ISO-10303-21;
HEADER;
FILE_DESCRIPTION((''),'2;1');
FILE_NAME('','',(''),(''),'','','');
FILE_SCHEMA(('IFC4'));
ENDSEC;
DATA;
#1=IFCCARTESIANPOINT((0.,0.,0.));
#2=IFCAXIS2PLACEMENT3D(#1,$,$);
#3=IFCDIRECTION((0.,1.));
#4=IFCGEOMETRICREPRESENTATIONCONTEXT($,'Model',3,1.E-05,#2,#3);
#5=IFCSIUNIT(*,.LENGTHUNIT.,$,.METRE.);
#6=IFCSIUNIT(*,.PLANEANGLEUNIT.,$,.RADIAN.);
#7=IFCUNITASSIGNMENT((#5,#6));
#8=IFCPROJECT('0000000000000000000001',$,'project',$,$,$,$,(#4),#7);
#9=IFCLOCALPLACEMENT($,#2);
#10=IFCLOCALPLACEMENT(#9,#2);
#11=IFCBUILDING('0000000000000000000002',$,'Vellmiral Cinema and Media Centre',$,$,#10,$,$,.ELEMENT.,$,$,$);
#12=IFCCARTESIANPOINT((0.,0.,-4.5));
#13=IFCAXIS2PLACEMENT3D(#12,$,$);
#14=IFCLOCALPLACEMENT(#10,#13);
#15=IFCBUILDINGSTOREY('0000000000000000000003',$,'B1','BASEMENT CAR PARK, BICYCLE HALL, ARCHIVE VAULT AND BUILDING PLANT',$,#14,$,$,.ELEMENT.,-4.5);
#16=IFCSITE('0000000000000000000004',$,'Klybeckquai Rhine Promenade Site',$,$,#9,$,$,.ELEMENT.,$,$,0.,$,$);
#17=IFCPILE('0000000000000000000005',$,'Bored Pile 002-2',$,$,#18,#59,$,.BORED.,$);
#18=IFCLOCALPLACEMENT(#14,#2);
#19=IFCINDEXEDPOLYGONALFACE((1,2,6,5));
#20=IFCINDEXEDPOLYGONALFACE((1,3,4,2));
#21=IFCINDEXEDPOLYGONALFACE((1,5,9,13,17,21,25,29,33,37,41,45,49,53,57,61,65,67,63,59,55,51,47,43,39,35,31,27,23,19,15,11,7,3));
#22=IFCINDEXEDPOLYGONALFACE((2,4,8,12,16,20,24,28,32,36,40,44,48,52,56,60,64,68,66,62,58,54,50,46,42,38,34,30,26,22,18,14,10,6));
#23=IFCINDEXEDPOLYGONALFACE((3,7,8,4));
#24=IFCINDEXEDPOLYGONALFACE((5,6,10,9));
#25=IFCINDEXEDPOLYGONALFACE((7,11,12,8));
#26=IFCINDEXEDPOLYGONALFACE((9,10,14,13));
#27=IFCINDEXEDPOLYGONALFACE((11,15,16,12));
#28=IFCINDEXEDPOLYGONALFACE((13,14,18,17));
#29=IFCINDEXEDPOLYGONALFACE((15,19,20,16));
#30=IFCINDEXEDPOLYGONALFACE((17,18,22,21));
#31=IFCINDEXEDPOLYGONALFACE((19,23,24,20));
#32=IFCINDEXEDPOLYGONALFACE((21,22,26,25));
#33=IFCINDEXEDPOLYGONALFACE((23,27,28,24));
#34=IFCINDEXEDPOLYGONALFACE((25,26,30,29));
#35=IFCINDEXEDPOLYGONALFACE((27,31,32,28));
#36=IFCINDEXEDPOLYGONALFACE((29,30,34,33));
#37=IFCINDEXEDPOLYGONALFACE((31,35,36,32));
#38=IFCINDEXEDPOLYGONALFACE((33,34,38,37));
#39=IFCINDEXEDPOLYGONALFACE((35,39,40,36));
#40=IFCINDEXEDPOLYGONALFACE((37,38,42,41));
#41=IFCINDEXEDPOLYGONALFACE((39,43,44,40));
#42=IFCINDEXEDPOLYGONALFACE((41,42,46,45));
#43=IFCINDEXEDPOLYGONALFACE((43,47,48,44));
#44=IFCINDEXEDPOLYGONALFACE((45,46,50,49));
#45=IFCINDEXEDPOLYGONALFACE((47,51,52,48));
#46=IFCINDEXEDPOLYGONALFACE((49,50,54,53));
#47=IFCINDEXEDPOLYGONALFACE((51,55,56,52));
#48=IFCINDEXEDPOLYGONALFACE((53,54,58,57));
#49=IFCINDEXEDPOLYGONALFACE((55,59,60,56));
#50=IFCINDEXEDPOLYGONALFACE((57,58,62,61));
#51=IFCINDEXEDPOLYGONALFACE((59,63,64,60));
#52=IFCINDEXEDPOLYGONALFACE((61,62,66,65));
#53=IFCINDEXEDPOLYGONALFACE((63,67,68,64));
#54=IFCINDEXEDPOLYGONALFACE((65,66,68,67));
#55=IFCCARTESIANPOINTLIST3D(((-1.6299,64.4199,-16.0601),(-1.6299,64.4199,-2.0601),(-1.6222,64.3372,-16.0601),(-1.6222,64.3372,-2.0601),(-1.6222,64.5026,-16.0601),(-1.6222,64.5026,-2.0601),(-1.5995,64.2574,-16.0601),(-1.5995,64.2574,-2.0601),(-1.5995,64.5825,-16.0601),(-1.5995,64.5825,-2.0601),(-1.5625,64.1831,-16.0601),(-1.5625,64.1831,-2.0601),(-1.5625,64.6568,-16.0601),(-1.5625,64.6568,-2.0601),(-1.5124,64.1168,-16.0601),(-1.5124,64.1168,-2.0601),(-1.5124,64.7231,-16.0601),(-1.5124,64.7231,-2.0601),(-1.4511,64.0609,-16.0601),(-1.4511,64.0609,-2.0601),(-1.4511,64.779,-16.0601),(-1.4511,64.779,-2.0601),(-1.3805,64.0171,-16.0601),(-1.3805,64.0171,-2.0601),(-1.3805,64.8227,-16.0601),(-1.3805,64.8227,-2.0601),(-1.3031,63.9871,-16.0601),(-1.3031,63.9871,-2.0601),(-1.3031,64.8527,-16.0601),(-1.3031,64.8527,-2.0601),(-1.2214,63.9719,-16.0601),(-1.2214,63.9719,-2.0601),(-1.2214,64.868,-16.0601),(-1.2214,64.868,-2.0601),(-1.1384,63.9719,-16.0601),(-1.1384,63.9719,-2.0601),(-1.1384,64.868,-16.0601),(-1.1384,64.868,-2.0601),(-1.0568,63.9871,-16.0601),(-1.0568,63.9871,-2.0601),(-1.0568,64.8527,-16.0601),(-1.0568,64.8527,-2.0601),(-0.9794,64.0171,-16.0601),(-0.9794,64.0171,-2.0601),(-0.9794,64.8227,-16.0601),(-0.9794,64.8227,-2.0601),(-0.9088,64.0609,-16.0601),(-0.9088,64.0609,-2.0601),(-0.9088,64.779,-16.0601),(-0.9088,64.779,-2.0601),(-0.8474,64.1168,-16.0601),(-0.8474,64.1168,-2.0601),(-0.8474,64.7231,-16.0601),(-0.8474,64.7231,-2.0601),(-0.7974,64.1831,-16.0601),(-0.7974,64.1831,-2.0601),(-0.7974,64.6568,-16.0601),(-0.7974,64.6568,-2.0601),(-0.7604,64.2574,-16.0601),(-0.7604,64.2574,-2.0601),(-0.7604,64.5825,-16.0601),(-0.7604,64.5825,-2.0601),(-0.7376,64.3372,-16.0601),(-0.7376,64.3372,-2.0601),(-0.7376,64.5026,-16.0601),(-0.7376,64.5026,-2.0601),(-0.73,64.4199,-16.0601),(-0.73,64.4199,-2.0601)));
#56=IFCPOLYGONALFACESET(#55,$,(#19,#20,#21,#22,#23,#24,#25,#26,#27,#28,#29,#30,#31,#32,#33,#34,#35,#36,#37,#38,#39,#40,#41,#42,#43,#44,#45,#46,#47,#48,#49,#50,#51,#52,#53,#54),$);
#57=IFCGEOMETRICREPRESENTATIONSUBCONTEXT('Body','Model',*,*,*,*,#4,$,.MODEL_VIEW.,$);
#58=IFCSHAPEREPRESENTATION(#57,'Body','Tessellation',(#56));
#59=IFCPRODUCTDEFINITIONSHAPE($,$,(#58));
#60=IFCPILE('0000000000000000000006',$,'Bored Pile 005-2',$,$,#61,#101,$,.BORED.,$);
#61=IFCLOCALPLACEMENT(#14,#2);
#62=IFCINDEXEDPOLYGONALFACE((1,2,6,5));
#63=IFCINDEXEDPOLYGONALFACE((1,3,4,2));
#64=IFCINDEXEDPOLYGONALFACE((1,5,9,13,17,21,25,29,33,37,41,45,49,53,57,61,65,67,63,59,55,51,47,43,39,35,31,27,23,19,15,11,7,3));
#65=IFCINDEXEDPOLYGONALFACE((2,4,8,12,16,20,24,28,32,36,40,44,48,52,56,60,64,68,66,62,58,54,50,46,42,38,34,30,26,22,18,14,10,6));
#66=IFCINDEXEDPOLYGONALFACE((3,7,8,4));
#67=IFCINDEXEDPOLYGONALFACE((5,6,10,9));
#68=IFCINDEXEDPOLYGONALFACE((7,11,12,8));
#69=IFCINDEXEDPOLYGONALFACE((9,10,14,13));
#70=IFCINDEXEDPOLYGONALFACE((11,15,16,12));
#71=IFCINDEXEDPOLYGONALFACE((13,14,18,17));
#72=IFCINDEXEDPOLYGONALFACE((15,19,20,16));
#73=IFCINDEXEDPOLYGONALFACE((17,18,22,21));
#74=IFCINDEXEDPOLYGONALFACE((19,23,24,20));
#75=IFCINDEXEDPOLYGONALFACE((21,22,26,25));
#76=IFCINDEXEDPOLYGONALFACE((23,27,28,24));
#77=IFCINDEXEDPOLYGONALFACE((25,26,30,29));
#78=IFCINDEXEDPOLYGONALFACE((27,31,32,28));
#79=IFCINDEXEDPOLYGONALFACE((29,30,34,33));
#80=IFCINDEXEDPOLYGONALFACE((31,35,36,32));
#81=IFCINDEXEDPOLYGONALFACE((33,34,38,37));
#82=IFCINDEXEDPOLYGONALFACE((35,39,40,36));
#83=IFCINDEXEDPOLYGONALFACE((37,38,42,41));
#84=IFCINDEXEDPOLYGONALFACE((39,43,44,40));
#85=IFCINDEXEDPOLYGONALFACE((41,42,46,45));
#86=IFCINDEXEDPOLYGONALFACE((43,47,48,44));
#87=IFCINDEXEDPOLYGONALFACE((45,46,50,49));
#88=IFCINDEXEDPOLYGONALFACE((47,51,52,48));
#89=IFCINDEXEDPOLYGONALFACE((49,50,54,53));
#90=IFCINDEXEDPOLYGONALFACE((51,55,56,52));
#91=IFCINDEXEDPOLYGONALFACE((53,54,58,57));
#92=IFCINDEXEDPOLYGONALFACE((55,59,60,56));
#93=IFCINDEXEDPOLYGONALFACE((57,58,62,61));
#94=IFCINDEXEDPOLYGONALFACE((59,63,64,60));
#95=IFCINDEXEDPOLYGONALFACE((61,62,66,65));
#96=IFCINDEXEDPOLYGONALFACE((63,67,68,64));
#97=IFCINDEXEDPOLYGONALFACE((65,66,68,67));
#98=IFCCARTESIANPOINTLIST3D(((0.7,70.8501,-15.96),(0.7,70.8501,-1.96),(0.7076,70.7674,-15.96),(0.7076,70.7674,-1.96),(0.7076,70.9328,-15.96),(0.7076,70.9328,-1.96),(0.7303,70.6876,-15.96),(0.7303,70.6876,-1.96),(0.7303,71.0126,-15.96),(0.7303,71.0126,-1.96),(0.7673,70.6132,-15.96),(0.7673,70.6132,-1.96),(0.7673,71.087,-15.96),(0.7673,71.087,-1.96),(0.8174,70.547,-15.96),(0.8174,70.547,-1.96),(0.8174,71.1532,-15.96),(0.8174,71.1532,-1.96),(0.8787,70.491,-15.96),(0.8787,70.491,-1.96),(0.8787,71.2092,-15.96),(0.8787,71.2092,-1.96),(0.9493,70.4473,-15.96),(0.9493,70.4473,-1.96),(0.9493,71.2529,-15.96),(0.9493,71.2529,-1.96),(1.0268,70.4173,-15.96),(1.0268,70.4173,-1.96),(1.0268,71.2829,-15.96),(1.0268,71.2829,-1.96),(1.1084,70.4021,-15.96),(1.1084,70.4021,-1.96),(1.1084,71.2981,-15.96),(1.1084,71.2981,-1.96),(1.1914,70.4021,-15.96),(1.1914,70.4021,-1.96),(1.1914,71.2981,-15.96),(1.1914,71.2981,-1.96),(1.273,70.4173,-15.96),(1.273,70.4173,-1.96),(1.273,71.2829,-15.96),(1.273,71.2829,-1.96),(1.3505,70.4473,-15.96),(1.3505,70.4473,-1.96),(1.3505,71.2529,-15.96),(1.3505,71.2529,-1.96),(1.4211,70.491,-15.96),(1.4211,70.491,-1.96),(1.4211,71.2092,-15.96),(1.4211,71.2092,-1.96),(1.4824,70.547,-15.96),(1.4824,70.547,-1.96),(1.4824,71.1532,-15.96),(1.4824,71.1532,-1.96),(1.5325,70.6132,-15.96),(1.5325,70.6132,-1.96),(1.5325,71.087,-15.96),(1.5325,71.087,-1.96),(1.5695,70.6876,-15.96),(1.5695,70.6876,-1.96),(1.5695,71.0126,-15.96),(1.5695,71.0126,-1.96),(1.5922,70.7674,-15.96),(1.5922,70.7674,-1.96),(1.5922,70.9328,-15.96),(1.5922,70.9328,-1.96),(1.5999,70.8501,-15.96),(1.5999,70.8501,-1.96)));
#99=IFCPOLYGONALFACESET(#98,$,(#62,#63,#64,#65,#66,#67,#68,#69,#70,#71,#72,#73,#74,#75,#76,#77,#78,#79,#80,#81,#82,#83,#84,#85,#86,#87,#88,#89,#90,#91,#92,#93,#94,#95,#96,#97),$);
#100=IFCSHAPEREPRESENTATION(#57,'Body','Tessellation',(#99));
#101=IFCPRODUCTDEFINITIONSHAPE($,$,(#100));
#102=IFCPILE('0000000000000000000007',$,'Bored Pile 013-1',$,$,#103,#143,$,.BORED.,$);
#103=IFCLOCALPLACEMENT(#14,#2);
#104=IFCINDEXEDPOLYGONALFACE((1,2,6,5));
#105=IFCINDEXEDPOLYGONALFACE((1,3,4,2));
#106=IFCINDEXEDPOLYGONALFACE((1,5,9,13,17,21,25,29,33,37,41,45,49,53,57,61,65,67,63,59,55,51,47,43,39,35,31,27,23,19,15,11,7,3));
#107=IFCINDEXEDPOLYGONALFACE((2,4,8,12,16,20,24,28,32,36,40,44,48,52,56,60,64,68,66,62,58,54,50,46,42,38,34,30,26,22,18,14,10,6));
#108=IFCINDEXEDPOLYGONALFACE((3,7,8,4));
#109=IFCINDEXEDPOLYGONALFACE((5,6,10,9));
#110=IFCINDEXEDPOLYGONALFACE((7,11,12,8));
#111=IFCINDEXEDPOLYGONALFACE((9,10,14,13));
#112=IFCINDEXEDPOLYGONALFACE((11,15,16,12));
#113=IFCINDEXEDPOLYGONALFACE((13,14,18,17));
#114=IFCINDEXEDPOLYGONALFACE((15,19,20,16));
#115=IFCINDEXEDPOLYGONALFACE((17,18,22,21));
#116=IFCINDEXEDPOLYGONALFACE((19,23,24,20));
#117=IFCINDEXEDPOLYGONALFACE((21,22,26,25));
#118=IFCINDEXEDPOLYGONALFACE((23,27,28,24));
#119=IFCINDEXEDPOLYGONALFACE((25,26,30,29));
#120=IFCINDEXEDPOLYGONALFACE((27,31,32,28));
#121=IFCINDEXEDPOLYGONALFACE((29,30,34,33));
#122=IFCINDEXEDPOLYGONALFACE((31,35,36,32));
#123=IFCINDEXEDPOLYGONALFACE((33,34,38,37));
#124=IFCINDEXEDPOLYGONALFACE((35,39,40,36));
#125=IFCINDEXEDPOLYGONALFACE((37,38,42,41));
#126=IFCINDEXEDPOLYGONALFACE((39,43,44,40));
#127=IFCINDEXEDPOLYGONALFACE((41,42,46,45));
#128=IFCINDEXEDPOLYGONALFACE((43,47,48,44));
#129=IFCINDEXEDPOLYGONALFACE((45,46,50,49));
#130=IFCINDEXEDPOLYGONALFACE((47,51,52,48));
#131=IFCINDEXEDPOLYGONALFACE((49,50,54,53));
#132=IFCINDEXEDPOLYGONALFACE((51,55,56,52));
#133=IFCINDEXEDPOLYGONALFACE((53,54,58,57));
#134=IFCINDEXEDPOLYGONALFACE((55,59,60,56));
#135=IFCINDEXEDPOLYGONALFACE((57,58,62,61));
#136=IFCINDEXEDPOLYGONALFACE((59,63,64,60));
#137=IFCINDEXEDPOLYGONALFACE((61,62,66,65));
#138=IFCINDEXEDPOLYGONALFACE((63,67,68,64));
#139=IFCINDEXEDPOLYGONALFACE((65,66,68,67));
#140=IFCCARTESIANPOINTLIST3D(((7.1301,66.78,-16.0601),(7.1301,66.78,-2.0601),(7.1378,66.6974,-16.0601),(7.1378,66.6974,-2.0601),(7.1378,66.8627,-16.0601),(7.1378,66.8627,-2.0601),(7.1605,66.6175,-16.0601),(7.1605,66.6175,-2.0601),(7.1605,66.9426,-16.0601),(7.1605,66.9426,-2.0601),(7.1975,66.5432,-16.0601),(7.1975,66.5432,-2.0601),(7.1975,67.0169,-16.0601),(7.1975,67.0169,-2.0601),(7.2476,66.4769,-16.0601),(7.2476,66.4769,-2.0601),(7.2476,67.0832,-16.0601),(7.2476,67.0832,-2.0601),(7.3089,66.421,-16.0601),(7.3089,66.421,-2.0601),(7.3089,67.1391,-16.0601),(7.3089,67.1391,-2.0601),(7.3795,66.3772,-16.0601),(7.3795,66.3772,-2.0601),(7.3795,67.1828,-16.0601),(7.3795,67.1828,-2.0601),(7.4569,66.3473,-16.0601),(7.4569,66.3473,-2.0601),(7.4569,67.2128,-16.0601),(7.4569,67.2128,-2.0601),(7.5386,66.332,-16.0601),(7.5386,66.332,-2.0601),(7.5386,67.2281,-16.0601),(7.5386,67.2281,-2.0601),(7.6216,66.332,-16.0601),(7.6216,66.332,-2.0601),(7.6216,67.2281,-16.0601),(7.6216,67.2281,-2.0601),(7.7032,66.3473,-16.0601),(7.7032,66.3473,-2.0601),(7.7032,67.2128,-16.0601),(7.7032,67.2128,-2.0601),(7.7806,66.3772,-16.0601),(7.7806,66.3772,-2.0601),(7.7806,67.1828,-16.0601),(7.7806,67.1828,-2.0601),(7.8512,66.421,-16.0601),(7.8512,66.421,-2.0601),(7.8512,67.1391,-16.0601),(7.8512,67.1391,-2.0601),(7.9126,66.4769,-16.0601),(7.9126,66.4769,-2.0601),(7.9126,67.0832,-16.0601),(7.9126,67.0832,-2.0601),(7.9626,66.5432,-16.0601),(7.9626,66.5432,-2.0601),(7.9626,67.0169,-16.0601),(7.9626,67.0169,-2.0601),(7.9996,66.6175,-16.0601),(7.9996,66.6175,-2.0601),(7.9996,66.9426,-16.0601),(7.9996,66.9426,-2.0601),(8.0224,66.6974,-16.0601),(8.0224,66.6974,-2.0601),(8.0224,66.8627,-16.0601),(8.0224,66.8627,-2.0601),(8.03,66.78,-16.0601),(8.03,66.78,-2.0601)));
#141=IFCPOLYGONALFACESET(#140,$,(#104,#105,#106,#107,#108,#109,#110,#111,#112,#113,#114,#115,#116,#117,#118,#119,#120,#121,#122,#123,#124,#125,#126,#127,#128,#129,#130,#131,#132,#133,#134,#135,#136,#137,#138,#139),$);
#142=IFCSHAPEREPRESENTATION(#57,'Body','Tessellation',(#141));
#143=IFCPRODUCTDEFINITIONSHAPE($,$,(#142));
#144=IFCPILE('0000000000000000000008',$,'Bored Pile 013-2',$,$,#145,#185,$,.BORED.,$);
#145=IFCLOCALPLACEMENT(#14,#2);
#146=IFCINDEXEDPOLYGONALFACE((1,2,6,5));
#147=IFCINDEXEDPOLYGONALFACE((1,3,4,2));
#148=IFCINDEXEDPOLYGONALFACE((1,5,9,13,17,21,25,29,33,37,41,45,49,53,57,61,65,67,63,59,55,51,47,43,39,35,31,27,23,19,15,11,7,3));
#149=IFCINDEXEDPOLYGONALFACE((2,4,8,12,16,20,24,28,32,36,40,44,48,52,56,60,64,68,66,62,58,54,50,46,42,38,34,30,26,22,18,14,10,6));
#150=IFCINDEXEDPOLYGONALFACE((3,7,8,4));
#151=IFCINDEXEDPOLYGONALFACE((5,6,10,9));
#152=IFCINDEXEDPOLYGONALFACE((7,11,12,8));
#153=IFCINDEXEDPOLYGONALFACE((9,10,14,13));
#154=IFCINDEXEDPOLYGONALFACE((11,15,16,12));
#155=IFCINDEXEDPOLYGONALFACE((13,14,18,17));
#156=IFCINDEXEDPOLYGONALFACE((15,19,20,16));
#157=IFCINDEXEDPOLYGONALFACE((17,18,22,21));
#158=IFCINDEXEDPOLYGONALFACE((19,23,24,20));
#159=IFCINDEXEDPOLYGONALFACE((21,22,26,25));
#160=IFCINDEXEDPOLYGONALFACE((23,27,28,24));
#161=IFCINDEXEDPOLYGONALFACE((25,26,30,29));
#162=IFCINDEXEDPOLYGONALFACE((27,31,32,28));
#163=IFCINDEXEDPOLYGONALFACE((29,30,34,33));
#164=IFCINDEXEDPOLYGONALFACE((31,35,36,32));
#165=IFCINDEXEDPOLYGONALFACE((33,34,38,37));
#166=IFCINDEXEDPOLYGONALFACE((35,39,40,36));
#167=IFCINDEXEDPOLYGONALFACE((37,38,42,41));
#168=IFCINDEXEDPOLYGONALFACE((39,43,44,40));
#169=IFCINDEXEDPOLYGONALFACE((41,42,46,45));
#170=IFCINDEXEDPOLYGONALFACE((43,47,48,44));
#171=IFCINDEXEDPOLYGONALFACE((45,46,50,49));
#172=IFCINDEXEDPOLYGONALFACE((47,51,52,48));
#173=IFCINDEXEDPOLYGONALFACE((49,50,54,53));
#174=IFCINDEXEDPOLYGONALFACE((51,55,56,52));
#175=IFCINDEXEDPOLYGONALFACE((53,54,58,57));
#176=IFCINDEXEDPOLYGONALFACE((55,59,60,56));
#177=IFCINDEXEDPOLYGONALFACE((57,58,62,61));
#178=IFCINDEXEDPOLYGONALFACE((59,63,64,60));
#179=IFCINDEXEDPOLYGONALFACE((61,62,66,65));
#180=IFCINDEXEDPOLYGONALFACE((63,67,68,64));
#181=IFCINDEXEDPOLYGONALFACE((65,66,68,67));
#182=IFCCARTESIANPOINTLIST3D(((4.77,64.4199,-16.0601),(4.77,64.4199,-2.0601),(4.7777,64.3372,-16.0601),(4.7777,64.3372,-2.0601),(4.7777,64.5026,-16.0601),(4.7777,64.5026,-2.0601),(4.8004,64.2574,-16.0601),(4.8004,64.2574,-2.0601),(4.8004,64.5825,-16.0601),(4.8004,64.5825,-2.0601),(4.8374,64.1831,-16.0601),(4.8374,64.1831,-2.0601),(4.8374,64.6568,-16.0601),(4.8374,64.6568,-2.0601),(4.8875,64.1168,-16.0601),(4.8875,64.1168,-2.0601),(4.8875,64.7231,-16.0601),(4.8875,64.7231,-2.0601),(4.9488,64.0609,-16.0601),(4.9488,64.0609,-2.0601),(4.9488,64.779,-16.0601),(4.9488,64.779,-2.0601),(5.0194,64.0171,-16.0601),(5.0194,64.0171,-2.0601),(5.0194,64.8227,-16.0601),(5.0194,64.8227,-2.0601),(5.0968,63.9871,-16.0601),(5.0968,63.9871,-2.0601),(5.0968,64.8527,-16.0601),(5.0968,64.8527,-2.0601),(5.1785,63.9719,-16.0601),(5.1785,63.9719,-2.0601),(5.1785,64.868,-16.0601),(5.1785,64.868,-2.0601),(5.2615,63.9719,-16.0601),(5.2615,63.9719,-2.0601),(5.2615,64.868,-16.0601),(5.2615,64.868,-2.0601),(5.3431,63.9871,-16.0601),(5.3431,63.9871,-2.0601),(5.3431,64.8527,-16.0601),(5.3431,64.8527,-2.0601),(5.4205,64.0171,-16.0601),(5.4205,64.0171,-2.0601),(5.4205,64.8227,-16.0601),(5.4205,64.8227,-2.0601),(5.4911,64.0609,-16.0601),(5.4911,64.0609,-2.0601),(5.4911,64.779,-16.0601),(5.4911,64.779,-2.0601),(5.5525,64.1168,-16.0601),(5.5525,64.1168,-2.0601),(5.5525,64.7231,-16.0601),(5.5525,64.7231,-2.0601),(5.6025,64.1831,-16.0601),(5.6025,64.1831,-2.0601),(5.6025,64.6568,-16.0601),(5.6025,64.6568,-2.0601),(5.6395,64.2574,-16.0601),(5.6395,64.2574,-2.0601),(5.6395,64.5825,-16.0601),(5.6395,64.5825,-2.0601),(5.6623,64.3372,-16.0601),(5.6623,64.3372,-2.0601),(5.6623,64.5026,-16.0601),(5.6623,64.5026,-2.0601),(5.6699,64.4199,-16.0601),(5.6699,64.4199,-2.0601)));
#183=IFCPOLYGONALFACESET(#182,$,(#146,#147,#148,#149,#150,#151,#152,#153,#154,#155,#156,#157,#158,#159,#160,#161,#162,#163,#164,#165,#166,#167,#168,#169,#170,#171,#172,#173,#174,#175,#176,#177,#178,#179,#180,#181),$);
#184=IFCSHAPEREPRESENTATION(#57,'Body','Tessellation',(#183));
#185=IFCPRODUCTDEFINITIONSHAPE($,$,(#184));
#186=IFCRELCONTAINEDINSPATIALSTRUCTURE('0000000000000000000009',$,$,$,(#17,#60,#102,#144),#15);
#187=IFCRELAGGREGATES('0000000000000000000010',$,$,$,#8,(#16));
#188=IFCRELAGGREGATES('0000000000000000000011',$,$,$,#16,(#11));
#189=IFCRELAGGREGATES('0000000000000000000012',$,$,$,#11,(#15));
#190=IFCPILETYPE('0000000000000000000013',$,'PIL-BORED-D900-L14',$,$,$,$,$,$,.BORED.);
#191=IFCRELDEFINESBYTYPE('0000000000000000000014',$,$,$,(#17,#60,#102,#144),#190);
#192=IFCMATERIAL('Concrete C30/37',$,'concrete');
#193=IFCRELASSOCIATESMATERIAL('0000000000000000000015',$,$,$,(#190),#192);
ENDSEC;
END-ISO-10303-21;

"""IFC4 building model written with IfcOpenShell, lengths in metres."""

from ifc_helpers import new_model, si_unit, direction, frame, origin, origin_2d, place, context, subcontext, project, spatial, circle, extrude, material, material_profile, profile_set, type_object, element, save


model = new_model("IFC4")

# Units and contexts
model_context = context("Model", 3, precision=1e-05, world=origin(), true_north=direction((0.0, 1.0)))
body_context = subcontext(model_context, "Body", "Model", "MODEL_VIEW")
ifc_project = project(units=[si_unit("LENGTHUNIT", "METRE"), si_unit("PLANEANGLEUNIT", "RADIAN")], contexts=[model_context])

# Site, building, storey
site_placement = place(None, origin())
site = spatial("IfcSite", under=ifc_project, at=site_placement, Name="Klybeckquai Rhine Promenade Site", CompositionType="ELEMENT", RefElevation=0.0)
building_placement = place(site_placement, origin())
building = spatial("IfcBuilding", under=site, at=building_placement, Name="Vellmiral Cinema and Media Centre", CompositionType="ELEMENT")
storey_placement = place(building_placement, frame((0.0, 0.0, -4.5)))
storey = spatial("IfcBuildingStorey", under=building, at=storey_placement, Name="B1", Description="BASEMENT CAR PARK, BICYCLE HALL, ARCHIVE VAULT AND BUILDING PLANT", CompositionType="ELEMENT", Elevation=-4.5)

# Piles
ifc_material_1 = material(Name="Concrete C30/37", Category="concrete")
ifc_material_profile_1 = material_profile(ifc_material_1, circle(Radius=0.45, at=origin_2d()), Name="PILE D900")
ifc_profile_set_1 = profile_set([ifc_material_profile_1], Name="Concrete C30/37")
pile_type_1 = type_object("IfcPileType", Name="PIL-BORED-D900-L14", PredefinedType="BORED", material=ifc_profile_set_1)
for number, where, z_axis, x_axis, name in (
    (1, (-1.1799, 64.4199, -2.0601), (0.0, 0.0, -1.0), (1.0, 0.0, 0.0), "Bored Pile 002-2"),
    (2, (1.1499, 70.8501, -1.96), (0.0, 0.0, -1.0), (1.0, 0.0, 0.0), "Bored Pile 005-2"),
    (3, (7.5801, 66.78, -2.0601), (0.0, 0.0, -1.0), (1.0, 0.0, 0.0), "Bored Pile 013-1"),
    (4, (5.22, 64.4199, -2.0601), (0.0, 0.0, -1.0), (1.0, 0.0, 0.0), "Bored Pile 013-2"),
):
    element("IfcPile", number, at=place(storey_placement, frame(where, z_axis=z_axis, x_axis=x_axis)), inside=storey, type_object=pile_type_1, Name=name, PredefinedType="BORED", context=body_context, shape_type="SweptSolid", body=[
        extrude(circle(Radius=0.45, at=origin_2d()), origin(), (0.0, 0.0, 1.0), 14.0),
    ])

save(model, "model.ifc")
